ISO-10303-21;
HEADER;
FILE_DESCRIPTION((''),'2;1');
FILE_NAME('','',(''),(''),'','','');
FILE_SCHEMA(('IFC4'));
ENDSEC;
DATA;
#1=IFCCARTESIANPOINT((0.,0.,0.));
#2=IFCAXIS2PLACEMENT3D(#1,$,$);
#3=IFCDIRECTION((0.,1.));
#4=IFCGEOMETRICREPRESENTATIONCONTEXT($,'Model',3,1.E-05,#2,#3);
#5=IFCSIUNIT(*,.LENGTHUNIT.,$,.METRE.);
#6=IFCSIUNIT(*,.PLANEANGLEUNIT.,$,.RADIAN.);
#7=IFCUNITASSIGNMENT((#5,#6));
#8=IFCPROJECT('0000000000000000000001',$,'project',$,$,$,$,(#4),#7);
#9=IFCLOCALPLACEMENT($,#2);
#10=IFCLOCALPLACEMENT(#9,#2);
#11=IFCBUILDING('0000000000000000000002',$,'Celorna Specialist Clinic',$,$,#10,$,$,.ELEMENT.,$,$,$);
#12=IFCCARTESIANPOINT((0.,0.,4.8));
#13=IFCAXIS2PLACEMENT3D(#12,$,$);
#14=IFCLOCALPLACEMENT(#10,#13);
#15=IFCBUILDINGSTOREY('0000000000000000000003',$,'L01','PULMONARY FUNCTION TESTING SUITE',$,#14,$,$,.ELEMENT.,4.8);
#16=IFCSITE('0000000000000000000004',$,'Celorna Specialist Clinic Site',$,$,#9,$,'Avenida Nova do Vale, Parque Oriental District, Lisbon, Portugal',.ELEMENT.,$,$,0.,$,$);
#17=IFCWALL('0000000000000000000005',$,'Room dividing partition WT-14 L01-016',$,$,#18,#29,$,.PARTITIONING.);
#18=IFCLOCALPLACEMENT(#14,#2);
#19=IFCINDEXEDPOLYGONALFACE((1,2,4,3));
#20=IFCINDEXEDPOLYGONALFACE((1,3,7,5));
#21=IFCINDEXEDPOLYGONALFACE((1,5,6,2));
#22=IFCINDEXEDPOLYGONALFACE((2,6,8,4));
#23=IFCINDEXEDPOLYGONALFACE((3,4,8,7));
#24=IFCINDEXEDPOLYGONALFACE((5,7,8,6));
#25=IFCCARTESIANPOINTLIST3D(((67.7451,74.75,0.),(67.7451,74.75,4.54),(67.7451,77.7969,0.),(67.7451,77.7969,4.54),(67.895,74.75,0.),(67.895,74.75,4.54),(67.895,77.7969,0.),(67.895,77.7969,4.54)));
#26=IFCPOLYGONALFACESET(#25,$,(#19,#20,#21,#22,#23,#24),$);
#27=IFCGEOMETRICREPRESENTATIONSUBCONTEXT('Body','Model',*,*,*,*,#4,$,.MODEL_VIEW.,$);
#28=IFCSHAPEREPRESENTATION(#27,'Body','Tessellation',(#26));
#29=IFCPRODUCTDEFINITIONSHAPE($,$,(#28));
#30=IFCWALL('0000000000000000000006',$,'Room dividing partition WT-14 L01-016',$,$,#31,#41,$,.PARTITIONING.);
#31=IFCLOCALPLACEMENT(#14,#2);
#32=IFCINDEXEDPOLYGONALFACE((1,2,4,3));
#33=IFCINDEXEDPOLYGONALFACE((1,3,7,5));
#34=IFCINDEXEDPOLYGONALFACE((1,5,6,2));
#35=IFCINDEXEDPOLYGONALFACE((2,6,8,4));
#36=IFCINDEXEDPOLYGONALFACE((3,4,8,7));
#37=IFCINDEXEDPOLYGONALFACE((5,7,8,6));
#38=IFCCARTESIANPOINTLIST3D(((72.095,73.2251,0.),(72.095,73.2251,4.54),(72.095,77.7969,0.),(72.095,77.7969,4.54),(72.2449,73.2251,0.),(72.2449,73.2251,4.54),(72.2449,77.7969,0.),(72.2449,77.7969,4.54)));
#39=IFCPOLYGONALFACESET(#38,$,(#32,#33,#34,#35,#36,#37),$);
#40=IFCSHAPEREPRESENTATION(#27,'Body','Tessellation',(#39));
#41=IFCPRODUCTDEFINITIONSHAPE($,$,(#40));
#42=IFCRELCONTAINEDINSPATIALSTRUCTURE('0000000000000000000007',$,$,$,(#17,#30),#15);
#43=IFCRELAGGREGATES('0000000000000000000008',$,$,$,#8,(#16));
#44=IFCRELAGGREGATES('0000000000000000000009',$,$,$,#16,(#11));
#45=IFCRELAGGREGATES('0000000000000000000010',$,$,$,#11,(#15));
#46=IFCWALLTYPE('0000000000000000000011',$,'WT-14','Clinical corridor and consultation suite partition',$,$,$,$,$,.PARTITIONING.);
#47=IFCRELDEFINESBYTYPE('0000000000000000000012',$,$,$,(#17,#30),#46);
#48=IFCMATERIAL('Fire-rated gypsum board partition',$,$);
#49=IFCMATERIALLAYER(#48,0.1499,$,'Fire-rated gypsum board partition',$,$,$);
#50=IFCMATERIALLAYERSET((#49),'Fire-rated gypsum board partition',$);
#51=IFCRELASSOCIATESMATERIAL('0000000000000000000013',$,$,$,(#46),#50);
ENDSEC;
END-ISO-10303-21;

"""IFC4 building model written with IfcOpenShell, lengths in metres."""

from ifc_helpers import new_model, si_unit, direction, frame, frame_2d, origin, place, context, subcontext, project, spatial, rectangle, extrude, material, layer, layer_set, type_object, element, save


model = new_model("IFC4")

# Units and contexts
model_context = context("Model", 3, precision=1e-05, world=origin(), true_north=direction((0.0, 1.0)))
body_context = subcontext(model_context, "Body", "Model", "MODEL_VIEW")
ifc_project = project(units=[si_unit("LENGTHUNIT", "METRE"), si_unit("PLANEANGLEUNIT", "RADIAN")], contexts=[model_context])

# Site, building, storey
site_placement = place(None, origin())
site = spatial("IfcSite", under=ifc_project, at=site_placement, Name="Celorna Specialist Clinic Site", LongName="Avenida Nova do Vale, Parque Oriental District, Lisbon, Portugal", CompositionType="ELEMENT", RefElevation=0.0)
building_placement = place(site_placement, origin())
building = spatial("IfcBuilding", under=site, at=building_placement, Name="Celorna Specialist Clinic", CompositionType="ELEMENT")
storey_placement = place(building_placement, frame((0.0, 0.0, 4.8)))
storey = spatial("IfcBuildingStorey", under=building, at=storey_placement, Name="L01", Description="PULMONARY FUNCTION TESTING SUITE", CompositionType="ELEMENT", Elevation=4.8)

# Shared definitions
ifc_material_1 = material(Name="Fire-rated gypsum board partition")
ifc_layer_1 = layer(ifc_material_1, 0.1499, Name="Fire-rated gypsum board partition")
ifc_layer_set_1 = layer_set([ifc_layer_1], Name="Fire-rated gypsum board partition")
wall_type_1 = type_object("IfcWallType", Name="WT-14", Description="Clinical corridor and consultation suite partition", PredefinedType="PARTITIONING", material=ifc_layer_set_1)

# Walls
wall_1_placement = place(storey_placement, frame((67.8201, 74.75, 0.0), z_axis=(0.0, 0.0, 1.0), x_axis=(0.0, 1.0, 0.0)))
element("IfcWall", 1, at=wall_1_placement, inside=storey, type_object=wall_type_1, Name="Room dividing partition WT-14 L01-016", PredefinedType="PARTITIONING", context=body_context, shape_type="SweptSolid", body=[
    extrude(rectangle(XDim=3.0469, YDim=0.1499, at=frame_2d((1.5234, 0.0))), origin(), (0.0, 0.0, 1.0), 4.54),
])
wall_2_placement = place(storey_placement, frame((72.1699, 73.2251, 0.0), z_axis=(0.0, 0.0, 1.0), x_axis=(0.0, 1.0, 0.0)))
element("IfcWall", 2, at=wall_2_placement, inside=storey, type_object=wall_type_1, Name="Room dividing partition WT-14 L01-016", PredefinedType="PARTITIONING", context=body_context, shape_type="SweptSolid", body=[
    extrude(rectangle(XDim=4.5718, YDim=0.1499, at=frame_2d((2.2859, 0.0))), origin(), (0.0, 0.0, 1.0), 4.54),
])

save(model, "model.ifc")
